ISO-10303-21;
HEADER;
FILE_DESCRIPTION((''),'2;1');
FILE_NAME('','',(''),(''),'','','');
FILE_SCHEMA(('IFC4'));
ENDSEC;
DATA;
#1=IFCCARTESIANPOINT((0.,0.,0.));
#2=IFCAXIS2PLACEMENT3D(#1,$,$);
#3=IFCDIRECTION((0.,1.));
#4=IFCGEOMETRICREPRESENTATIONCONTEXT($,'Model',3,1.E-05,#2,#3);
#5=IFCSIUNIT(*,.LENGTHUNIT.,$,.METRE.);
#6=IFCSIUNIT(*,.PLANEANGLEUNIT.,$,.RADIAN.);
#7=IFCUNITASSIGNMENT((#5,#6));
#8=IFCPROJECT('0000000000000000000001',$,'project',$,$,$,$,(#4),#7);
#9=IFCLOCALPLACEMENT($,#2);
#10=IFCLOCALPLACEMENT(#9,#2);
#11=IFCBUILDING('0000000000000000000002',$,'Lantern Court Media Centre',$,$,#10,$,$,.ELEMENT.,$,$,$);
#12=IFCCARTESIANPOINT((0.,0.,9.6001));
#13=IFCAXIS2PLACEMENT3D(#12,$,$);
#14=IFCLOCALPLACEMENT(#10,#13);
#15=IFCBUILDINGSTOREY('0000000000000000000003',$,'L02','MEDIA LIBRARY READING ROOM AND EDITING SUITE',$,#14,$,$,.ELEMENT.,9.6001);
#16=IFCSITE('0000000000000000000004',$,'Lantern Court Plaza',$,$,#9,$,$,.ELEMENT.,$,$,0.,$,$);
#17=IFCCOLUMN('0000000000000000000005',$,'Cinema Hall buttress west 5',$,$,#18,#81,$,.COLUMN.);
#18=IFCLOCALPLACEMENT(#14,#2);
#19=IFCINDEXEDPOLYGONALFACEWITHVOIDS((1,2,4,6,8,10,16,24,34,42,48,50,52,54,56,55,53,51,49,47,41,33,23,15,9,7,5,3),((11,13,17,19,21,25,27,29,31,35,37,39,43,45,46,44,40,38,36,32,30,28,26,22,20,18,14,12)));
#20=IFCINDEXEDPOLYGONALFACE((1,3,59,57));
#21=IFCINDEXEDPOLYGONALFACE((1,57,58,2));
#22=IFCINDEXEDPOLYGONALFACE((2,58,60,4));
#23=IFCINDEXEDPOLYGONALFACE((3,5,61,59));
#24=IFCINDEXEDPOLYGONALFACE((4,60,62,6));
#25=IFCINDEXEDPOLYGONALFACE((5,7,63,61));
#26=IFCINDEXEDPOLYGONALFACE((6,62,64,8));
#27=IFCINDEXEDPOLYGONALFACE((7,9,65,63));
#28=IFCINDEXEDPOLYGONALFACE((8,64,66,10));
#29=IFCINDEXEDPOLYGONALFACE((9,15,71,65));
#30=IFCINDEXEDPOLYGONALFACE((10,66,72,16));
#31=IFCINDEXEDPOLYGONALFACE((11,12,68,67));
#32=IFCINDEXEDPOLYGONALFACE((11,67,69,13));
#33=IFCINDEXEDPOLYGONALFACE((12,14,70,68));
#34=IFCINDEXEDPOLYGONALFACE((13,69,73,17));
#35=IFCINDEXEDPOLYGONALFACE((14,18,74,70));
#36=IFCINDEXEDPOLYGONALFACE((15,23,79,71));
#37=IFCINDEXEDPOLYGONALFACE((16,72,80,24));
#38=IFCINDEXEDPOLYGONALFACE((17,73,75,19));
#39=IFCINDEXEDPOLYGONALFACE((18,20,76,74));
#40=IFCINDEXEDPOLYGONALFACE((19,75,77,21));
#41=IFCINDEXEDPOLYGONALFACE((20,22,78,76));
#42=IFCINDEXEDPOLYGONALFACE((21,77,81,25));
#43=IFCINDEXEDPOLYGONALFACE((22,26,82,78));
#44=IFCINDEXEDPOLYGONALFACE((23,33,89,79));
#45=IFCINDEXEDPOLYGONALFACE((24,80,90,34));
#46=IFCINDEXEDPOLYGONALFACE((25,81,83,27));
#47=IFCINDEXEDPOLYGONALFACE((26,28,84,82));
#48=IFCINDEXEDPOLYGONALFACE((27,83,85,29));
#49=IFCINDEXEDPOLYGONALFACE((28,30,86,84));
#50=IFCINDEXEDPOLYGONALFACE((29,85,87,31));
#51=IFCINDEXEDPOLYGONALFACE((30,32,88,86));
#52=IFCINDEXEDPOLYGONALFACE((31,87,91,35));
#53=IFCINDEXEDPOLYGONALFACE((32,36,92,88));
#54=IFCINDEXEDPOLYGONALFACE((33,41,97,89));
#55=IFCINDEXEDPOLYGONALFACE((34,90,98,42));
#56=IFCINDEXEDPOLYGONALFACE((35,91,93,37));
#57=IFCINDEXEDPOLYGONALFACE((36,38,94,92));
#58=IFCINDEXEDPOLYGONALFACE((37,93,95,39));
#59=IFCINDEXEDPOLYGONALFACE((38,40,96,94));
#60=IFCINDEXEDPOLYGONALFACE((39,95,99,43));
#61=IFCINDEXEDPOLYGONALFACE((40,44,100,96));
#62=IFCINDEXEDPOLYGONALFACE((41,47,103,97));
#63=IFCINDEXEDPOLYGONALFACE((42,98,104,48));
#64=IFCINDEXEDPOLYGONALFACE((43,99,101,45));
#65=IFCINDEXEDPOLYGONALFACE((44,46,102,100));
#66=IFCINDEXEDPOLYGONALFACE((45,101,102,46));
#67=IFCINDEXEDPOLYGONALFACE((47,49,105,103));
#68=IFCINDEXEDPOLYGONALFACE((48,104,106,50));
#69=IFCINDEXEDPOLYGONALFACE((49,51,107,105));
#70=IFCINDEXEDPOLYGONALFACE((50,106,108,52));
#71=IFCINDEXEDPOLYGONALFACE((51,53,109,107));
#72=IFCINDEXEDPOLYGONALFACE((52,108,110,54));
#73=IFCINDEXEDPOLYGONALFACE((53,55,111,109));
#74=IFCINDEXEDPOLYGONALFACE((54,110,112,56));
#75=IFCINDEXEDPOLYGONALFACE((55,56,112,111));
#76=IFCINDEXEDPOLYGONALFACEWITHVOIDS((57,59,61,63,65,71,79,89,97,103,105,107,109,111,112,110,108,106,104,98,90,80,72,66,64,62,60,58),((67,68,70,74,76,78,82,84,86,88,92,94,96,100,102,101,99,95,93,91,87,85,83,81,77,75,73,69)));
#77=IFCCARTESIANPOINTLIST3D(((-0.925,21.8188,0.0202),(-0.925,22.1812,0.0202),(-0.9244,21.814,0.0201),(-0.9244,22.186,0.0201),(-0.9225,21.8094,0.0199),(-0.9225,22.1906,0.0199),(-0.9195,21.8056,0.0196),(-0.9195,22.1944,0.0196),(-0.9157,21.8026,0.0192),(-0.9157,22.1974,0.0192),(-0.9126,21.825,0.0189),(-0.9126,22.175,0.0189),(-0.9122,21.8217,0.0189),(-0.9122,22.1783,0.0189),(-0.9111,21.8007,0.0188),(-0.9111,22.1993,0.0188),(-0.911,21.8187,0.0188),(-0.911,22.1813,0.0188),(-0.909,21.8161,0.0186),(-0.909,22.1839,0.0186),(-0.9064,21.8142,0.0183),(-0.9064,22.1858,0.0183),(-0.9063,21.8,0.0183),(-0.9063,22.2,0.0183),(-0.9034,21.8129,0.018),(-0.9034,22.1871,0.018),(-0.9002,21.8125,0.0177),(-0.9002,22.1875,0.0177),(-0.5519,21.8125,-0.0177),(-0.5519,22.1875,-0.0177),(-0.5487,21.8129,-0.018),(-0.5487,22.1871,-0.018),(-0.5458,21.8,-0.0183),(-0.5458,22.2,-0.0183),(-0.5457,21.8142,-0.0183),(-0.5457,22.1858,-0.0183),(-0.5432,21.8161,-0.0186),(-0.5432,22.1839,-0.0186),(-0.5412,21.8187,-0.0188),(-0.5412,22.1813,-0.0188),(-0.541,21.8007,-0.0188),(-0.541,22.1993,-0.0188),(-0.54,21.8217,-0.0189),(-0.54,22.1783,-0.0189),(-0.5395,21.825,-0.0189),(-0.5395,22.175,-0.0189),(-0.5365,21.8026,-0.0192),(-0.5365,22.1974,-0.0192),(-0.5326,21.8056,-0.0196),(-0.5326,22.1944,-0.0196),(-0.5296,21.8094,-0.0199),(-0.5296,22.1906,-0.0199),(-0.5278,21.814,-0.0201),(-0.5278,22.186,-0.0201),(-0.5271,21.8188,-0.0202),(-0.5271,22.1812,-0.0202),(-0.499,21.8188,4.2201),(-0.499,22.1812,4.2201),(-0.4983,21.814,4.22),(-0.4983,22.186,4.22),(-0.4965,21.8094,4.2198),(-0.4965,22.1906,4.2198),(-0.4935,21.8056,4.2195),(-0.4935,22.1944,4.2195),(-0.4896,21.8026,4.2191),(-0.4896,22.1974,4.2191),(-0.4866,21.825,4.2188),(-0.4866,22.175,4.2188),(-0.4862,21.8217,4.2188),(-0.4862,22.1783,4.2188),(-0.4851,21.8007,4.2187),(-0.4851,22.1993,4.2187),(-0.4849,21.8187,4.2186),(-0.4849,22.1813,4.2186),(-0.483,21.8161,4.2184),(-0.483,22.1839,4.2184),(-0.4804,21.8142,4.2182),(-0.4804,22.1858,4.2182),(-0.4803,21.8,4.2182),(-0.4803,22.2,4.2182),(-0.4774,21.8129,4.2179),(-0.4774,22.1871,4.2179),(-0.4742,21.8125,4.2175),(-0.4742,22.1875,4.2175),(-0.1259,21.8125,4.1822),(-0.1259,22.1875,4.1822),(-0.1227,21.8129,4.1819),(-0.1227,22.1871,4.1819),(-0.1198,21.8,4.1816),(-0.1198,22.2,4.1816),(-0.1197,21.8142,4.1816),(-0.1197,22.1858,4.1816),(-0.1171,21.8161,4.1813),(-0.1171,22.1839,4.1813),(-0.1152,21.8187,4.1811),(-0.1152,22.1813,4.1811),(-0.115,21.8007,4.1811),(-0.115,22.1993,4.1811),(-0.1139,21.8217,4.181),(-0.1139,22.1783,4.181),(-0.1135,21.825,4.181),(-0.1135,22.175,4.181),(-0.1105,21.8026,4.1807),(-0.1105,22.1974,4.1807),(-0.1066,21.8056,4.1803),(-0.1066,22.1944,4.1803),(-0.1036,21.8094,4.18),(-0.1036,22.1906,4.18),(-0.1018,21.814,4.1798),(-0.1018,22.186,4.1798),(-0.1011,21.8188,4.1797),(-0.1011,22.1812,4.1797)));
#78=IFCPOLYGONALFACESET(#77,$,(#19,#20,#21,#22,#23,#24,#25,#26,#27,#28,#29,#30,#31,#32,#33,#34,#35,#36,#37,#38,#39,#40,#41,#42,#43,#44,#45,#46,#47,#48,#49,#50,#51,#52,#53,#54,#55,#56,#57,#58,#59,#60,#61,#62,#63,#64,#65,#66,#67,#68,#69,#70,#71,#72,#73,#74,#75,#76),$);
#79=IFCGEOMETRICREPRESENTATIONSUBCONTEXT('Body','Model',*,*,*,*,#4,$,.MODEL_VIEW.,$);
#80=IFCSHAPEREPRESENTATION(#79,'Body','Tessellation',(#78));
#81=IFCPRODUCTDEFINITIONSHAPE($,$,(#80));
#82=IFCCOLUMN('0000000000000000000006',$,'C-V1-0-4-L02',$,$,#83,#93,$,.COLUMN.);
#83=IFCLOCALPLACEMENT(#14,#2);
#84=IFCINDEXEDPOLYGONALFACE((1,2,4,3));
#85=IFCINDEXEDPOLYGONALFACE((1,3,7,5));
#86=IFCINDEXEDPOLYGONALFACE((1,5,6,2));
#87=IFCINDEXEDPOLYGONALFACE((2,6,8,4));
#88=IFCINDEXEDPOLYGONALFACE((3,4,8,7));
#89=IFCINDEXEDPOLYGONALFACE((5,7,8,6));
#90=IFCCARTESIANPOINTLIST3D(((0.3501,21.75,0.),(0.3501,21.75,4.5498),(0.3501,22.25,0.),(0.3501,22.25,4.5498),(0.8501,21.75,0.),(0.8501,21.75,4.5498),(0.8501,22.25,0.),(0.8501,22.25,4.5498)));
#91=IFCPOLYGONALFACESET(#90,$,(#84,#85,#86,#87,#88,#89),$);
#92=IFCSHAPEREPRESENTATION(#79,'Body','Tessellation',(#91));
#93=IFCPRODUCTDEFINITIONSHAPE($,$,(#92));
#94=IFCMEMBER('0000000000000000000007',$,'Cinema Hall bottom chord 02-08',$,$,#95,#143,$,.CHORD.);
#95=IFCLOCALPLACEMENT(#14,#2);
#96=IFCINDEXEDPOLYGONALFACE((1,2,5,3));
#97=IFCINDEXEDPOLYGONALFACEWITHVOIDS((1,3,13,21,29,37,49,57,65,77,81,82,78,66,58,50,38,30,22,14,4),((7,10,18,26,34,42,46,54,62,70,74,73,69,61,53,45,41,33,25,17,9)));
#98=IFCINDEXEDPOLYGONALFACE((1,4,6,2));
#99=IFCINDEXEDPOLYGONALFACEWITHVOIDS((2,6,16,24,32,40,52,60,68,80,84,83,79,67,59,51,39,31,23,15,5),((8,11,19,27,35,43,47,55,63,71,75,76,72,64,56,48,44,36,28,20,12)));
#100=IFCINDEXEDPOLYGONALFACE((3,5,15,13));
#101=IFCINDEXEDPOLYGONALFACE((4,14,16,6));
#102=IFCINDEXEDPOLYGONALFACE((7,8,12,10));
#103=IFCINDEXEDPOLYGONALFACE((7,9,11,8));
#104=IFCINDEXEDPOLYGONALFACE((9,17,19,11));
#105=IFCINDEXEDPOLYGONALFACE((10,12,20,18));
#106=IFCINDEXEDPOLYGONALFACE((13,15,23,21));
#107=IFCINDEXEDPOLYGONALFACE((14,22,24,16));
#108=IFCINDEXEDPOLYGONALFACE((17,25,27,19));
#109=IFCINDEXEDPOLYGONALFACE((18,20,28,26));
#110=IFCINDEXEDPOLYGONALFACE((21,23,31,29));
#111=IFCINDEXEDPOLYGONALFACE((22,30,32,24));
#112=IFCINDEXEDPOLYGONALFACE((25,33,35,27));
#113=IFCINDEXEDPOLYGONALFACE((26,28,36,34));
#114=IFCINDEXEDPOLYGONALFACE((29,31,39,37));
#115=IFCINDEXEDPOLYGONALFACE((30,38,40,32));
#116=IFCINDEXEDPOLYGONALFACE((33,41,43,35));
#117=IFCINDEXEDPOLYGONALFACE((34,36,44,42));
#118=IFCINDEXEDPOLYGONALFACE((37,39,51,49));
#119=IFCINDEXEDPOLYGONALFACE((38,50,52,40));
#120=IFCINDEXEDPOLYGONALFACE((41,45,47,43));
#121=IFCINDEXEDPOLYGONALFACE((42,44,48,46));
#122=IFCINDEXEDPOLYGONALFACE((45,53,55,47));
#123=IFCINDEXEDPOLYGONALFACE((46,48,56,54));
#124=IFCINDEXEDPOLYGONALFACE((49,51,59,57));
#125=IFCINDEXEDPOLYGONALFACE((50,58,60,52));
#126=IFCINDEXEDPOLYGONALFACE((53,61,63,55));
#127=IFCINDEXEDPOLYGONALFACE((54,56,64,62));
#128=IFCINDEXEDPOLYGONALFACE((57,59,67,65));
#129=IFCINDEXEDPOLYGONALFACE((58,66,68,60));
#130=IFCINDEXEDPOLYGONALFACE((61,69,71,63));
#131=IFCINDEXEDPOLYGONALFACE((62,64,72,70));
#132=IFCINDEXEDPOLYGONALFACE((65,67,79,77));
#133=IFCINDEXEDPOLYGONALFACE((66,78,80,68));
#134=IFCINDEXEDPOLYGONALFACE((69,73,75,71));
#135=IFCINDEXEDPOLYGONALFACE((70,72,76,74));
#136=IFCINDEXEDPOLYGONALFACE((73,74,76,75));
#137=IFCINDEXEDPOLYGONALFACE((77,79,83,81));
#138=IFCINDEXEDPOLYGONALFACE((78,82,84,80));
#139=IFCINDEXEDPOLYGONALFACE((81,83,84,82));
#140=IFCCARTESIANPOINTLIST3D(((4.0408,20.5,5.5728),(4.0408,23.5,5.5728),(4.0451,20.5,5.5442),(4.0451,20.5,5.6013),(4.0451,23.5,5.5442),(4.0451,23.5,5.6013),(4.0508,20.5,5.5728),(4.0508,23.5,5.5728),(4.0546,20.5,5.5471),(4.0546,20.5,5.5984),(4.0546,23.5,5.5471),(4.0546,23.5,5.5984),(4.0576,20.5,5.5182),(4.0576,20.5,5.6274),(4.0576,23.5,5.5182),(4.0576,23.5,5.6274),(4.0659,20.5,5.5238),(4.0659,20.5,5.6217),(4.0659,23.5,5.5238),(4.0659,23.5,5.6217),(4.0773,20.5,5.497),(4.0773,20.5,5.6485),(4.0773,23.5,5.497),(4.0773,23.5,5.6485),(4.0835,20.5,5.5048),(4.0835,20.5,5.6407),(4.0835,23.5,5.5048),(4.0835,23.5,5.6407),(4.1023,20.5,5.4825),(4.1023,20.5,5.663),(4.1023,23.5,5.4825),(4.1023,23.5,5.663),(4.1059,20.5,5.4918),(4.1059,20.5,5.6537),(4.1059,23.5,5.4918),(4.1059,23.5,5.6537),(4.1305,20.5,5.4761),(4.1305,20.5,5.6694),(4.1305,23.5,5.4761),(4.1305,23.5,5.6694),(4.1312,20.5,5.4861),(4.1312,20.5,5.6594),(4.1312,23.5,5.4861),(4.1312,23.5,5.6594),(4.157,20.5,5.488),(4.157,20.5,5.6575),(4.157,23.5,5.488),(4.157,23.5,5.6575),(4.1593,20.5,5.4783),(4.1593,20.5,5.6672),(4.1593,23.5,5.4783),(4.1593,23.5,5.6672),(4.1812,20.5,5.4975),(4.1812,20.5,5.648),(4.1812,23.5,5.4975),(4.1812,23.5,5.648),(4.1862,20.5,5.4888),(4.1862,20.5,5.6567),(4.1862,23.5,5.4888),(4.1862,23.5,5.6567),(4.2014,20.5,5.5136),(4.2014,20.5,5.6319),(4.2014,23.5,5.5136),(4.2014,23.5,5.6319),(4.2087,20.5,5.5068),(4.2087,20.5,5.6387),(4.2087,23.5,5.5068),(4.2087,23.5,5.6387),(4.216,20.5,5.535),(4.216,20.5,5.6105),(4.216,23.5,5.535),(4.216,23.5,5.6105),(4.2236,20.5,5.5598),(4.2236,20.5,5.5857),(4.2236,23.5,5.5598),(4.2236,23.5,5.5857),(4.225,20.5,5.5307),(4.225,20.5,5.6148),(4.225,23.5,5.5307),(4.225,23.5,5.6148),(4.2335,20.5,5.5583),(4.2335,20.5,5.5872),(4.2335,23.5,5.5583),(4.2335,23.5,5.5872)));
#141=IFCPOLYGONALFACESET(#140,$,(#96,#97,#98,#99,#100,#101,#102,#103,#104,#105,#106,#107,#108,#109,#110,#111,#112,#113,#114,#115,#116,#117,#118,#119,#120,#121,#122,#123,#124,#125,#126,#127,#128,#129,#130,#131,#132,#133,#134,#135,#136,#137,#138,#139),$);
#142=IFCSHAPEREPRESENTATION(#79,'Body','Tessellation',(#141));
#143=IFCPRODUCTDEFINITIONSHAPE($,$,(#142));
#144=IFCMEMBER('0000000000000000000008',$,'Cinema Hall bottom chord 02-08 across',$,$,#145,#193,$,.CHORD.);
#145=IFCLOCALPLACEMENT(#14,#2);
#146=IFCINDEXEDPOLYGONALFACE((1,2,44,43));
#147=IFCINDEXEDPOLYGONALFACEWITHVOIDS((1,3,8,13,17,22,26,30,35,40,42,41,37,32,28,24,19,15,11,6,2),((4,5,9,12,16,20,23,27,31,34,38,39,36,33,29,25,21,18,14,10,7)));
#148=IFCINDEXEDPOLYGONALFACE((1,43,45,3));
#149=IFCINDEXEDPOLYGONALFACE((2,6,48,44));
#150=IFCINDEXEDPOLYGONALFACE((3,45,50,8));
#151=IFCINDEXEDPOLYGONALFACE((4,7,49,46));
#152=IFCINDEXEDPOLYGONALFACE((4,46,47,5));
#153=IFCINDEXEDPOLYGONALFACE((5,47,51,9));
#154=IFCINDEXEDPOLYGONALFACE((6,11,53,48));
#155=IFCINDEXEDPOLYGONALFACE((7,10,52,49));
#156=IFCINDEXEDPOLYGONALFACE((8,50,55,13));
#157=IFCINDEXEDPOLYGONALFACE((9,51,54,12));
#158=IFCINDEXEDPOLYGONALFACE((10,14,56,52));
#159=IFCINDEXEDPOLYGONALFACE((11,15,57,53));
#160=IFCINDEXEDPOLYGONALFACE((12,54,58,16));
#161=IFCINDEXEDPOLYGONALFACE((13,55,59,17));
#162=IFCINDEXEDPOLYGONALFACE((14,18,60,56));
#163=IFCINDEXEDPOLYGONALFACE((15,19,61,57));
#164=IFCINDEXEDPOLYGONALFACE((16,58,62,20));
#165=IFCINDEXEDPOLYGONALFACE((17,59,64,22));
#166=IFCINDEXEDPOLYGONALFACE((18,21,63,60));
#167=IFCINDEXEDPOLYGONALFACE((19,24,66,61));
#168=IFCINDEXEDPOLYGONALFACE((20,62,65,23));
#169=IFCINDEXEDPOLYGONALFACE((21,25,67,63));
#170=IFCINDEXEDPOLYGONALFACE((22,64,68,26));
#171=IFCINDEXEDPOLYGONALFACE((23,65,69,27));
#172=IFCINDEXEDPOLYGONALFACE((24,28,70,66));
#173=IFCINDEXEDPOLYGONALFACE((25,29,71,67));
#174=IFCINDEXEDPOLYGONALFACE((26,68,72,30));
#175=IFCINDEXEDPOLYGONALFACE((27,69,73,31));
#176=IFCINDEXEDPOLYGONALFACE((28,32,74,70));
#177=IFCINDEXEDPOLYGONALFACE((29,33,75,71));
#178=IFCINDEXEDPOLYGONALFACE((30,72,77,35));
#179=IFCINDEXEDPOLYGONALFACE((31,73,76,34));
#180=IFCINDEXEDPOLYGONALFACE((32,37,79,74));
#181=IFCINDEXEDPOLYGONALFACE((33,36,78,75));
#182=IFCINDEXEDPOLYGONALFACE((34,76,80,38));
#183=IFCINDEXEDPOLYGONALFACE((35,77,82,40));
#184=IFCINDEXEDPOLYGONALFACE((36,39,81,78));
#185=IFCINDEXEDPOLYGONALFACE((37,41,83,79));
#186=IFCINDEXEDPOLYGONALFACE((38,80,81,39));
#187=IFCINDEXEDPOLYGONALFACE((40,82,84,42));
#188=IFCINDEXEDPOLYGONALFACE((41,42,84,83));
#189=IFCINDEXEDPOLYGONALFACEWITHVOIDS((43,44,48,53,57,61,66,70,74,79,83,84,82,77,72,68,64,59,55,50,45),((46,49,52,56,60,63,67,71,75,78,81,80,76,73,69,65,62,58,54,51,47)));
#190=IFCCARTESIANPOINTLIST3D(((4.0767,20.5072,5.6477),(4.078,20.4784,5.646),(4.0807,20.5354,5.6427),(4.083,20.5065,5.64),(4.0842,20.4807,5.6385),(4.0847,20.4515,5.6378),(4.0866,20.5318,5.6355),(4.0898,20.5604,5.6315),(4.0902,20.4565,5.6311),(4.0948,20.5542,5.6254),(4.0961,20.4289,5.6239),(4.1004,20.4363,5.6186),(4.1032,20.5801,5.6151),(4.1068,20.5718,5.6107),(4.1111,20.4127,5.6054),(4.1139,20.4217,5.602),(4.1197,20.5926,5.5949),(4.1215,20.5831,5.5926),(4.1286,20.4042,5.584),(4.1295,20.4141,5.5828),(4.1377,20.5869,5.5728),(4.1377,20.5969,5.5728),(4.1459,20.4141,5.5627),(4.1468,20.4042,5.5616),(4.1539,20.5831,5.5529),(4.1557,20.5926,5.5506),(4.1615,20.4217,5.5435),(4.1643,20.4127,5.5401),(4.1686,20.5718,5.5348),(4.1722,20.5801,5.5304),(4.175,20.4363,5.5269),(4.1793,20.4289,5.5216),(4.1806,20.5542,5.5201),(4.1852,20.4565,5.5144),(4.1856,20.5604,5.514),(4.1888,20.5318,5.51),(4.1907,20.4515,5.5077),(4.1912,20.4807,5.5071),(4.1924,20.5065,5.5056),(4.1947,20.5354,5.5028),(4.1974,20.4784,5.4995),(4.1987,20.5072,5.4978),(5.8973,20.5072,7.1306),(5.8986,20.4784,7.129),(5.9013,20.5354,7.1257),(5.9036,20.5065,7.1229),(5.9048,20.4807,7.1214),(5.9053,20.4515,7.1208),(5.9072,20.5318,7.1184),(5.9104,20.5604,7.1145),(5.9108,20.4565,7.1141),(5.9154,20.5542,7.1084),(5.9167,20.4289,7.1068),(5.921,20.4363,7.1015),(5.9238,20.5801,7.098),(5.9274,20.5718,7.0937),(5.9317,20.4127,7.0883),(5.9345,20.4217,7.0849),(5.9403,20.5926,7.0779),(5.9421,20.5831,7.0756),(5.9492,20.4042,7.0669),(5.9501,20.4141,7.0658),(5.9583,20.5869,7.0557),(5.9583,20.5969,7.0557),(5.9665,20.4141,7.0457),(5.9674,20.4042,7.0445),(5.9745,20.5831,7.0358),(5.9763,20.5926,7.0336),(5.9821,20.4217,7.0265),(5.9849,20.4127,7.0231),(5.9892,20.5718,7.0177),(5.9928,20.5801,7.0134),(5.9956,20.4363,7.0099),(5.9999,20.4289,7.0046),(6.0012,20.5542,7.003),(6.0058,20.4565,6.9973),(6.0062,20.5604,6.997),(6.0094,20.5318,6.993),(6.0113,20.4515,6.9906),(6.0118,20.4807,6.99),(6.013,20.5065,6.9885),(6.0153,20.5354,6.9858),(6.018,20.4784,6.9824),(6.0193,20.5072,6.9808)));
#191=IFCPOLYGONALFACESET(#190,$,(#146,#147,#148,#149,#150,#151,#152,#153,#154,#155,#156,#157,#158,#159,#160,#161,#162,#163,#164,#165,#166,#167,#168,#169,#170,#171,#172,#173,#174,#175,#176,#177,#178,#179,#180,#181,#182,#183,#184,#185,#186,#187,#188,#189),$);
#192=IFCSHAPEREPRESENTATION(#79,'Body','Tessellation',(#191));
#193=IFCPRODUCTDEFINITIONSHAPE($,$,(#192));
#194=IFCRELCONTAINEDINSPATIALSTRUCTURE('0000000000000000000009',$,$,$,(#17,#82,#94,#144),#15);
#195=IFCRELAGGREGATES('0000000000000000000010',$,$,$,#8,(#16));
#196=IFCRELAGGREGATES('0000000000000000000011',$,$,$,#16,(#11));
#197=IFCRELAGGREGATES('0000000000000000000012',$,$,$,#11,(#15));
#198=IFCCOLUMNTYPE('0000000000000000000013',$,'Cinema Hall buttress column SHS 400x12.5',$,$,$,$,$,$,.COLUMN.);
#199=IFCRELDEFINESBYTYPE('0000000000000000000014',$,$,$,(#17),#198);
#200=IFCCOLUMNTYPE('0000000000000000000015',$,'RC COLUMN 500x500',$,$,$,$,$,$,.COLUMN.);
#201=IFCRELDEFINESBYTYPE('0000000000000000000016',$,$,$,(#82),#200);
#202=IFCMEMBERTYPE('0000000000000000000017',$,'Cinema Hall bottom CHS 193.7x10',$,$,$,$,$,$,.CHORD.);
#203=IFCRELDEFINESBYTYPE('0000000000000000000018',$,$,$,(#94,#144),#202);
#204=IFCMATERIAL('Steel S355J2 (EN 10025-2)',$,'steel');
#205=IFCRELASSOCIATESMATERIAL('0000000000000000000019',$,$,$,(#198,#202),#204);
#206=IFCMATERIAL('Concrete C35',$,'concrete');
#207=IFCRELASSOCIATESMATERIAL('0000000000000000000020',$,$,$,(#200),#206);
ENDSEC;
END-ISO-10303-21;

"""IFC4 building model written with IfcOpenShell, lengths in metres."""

from ifc_helpers import new_model, si_unit, direction, frame, origin, origin_2d, place, context, subcontext, project, spatial, rectangle, hollow_rectangle, hollow_circle, extrude, material, material_profile, profile_set, type_object, element, save


model = new_model("IFC4")

# Units and contexts
model_context = context("Model", 3, precision=1e-05, world=origin(), true_north=direction((0.0, 1.0)))
body_context = subcontext(model_context, "Body", "Model", "MODEL_VIEW")
ifc_project = project(units=[si_unit("LENGTHUNIT", "METRE"), si_unit("PLANEANGLEUNIT", "RADIAN")], contexts=[model_context])

# Site, building, storey
site_placement = place(None, origin())
site = spatial("IfcSite", under=ifc_project, at=site_placement, Name="Lantern Court Plaza", CompositionType="ELEMENT", RefElevation=0.0)
building_placement = place(site_placement, origin())
building = spatial("IfcBuilding", under=site, at=building_placement, Name="Lantern Court Media Centre", CompositionType="ELEMENT")
storey_placement = place(building_placement, frame((0.0, 0.0, 9.6001)))
storey = spatial("IfcBuildingStorey", under=building, at=storey_placement, Name="L02", Description="MEDIA LIBRARY READING ROOM AND EDITING SUITE", CompositionType="ELEMENT", Elevation=9.6001)

# Columns
ifc_material_1 = material(Name="Steel S355J2 (EN 10025-2)", Category="steel")
ifc_material_profile_1 = material_profile(ifc_material_1, hollow_rectangle(XDim=0.3999, YDim=0.3999, WallThickness=0.0125, InnerFilletRadius=0.0125, OuterFilletRadius=0.0188, at=origin_2d()), Name="Cinema Hall buttress column SHS 400x12.5")
ifc_profile_set_1 = profile_set([ifc_material_profile_1], Name="Steel S355J2 (EN 10025-2)")
column_type_1 = type_object("IfcColumnType", Name="Cinema Hall buttress column SHS 400x12.5", PredefinedType="COLUMN", material=ifc_profile_set_1)
column_1_placement = place(storey_placement, frame((-0.7261, 22.0, 0.0), z_axis=(0.100918, 0.0, 0.994895), x_axis=(0.0, 1.0, 0.0)))
element("IfcColumn", 1, at=column_1_placement, inside=storey, type_object=column_type_1, Name="Cinema Hall buttress west 5", PredefinedType="COLUMN", context=body_context, shape_type="SweptSolid", body=[
    extrude(hollow_rectangle(XDim=0.3999, YDim=0.3999, WallThickness=0.0125, InnerFilletRadius=0.0125, OuterFilletRadius=0.0188, at=origin_2d()), origin(), (0.0, 0.0, 1.0), 4.2214),
])
ifc_material_2 = material(Name="Concrete C35", Category="concrete")
ifc_material_profile_2 = material_profile(ifc_material_2, rectangle(XDim=0.5, YDim=0.5, at=origin_2d()), Name="RC 500x500")
ifc_profile_set_2 = profile_set([ifc_material_profile_2], Name="Concrete C35")
column_type_2 = type_object("IfcColumnType", Name="RC COLUMN 500x500", PredefinedType="COLUMN", material=ifc_profile_set_2)
column_2_placement = place(storey_placement, frame((0.6001, 22.0, 0.0), z_axis=(0.0, 0.0, 1.0), x_axis=(1.0, 0.0, 0.0)))
element("IfcColumn", 2, at=column_2_placement, inside=storey, type_object=column_type_2, Name="C-V1-0-4-L02", PredefinedType="COLUMN", context=body_context, shape_type="SweptSolid", body=[
    extrude(rectangle(XDim=0.5, YDim=0.5, at=origin_2d()), origin(), (0.0, 0.0, 1.0), 4.5498),
])

# Members
ifc_material_profile_3 = material_profile(ifc_material_1, hollow_circle(Radius=0.0969, WallThickness=0.01, at=origin_2d()), Name="Cinema Hall bottom CHS 193.7x10")
ifc_profile_set_3 = profile_set([ifc_material_profile_3], Name="Steel S355J2 (EN 10025-2)")
member_type_1 = type_object("IfcMemberType", Name="Cinema Hall bottom CHS 193.7x10", PredefinedType="CHORD", material=ifc_profile_set_3)
member_1_placement = place(storey_placement, frame((4.1377, 20.5, 5.5728), z_axis=(0.0, 1.0, 0.0), x_axis=(-1.0, 0.0, 0.0)))
element("IfcMember", 3, at=member_1_placement, inside=storey, type_object=member_type_1, Name="Cinema Hall bottom chord 02-08", PredefinedType="CHORD", context=body_context, shape_type="SweptSolid", body=[
    extrude(hollow_circle(Radius=0.0969, WallThickness=0.01, at=origin_2d()), origin(), (0.0, 0.0, 1.0), 3.0),
])
member_2_placement = place(storey_placement, frame((4.1377, 20.5, 5.5728), z_axis=(0.775341, 0.0, 0.631543), x_axis=(0.0, 1.0, 0.0)))
element("IfcMember", 4, at=member_2_placement, inside=storey, type_object=member_type_1, Name="Cinema Hall bottom chord 02-08 across", PredefinedType="CHORD", context=body_context, shape_type="SweptSolid", body=[
    extrude(hollow_circle(Radius=0.0969, WallThickness=0.01, at=origin_2d()), origin(), (0.0, 0.0, 1.0), 2.3481),
])

save(model, "model.ifc")
